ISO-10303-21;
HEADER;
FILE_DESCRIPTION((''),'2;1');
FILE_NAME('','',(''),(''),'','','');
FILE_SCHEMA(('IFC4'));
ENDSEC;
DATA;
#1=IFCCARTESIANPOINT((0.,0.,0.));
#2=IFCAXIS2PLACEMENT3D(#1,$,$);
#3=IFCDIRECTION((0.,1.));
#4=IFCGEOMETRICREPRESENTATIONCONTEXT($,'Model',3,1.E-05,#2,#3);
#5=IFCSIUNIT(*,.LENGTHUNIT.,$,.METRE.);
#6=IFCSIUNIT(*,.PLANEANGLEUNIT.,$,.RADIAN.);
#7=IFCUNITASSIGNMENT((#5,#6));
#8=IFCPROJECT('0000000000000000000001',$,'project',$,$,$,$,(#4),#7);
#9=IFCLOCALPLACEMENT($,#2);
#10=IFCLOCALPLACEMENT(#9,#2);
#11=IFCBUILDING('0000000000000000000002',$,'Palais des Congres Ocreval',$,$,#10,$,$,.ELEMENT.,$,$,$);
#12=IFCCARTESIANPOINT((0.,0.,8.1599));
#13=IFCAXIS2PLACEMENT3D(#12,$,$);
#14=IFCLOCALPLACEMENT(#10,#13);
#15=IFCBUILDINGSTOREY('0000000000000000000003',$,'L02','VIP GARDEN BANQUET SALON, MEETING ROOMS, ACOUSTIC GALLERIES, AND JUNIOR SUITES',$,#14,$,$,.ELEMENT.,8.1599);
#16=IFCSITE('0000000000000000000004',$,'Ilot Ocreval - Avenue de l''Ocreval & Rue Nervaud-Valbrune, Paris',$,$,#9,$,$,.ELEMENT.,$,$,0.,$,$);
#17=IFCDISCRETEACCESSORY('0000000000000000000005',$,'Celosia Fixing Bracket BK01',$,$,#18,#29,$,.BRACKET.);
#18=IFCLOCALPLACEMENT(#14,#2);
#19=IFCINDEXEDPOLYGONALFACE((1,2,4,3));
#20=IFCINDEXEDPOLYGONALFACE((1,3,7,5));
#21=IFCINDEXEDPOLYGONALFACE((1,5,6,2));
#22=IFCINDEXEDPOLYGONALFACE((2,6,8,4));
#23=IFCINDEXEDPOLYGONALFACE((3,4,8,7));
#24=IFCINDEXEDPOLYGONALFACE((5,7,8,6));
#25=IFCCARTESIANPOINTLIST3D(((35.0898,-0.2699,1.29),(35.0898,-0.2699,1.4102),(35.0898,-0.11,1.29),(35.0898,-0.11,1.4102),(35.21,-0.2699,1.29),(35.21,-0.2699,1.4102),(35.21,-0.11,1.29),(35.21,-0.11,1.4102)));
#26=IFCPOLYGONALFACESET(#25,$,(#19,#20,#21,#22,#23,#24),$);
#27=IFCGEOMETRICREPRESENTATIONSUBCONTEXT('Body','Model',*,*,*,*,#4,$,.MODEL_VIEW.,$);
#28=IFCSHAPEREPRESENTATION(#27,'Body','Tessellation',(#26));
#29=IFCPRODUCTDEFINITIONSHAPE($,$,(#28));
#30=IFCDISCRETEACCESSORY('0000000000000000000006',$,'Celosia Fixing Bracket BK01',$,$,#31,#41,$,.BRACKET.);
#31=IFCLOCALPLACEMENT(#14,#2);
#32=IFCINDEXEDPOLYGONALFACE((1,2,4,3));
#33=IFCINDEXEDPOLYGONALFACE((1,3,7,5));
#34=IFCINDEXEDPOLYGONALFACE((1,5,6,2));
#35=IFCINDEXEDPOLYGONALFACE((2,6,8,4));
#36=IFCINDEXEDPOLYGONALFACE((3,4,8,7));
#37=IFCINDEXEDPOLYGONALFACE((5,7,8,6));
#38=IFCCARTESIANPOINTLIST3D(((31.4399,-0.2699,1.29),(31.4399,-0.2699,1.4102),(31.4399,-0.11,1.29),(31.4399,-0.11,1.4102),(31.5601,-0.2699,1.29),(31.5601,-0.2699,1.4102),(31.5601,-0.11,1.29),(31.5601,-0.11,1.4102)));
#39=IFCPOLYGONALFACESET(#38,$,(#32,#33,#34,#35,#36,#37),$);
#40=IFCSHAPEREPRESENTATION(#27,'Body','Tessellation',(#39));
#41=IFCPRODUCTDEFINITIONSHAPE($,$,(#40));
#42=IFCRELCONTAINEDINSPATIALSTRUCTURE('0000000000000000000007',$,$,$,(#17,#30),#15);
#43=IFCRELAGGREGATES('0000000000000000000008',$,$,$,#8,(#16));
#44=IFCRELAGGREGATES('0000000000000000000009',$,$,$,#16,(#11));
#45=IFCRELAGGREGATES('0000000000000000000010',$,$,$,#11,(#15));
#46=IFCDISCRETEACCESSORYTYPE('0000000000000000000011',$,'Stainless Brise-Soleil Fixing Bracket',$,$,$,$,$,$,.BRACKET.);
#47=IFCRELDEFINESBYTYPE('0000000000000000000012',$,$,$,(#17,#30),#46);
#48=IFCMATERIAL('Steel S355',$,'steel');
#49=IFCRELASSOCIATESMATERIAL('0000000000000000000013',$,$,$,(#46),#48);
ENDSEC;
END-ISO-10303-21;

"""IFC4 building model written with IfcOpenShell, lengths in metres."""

from ifc_helpers import new_model, si_unit, direction, frame, origin, origin_2d, place, context, subcontext, project, spatial, rectangle, extrude, material, type_object, element, save


model = new_model("IFC4")

# Units and contexts
model_context = context("Model", 3, precision=1e-05, world=origin(), true_north=direction((0.0, 1.0)))
body_context = subcontext(model_context, "Body", "Model", "MODEL_VIEW")
ifc_project = project(units=[si_unit("LENGTHUNIT", "METRE"), si_unit("PLANEANGLEUNIT", "RADIAN")], contexts=[model_context])

# Site, building, storey
site_placement = place(None, origin())
site = spatial("IfcSite", under=ifc_project, at=site_placement, Name="Ilot Ocreval - Avenue de l'Ocreval & Rue Nervaud-Valbrune, Paris", CompositionType="ELEMENT", RefElevation=0.0)
building_placement = place(site_placement, origin())
building = spatial("IfcBuilding", under=site, at=building_placement, Name="Palais des Congres Ocreval", CompositionType="ELEMENT")
storey_placement = place(building_placement, frame((0.0, 0.0, 8.1599)))
storey = spatial("IfcBuildingStorey", under=building, at=storey_placement, Name="L02", Description="VIP GARDEN BANQUET SALON, MEETING ROOMS, ACOUSTIC GALLERIES, AND JUNIOR SUITES", CompositionType="ELEMENT", Elevation=8.1599)

# Shared definitions
ifc_material_1 = material(Name="Steel S355", Category="steel")

# Discrete accessories
discrete_accessory_type = type_object("IfcDiscreteAccessoryType", Name="Stainless Brise-Soleil Fixing Bracket", PredefinedType="BRACKET", material=ifc_material_1)
for number, where, z_axis, x_axis, name in (
    (1, (35.1499, -0.1899, 1.29), (0.0, 0.0, 1.0), (0.0, -1.0, 0.0), "Celosia Fixing Bracket BK01"),
    (2, (31.5, -0.1899, 1.29), (0.0, 0.0, 1.0), (0.0, -1.0, 0.0), "Celosia Fixing Bracket BK01"),
):
    element("IfcDiscreteAccessory", number, at=place(storey_placement, frame(where, z_axis=z_axis, x_axis=x_axis)), inside=storey, type_object=discrete_accessory_type, Name=name, PredefinedType="BRACKET", context=body_context, shape_type="SweptSolid", body=[
        extrude(rectangle(XDim=0.1599, YDim=0.1201, at=origin_2d()), origin(), (0.0, 0.0, 1.0), 0.1201),
    ])

save(model, "model.ifc")
